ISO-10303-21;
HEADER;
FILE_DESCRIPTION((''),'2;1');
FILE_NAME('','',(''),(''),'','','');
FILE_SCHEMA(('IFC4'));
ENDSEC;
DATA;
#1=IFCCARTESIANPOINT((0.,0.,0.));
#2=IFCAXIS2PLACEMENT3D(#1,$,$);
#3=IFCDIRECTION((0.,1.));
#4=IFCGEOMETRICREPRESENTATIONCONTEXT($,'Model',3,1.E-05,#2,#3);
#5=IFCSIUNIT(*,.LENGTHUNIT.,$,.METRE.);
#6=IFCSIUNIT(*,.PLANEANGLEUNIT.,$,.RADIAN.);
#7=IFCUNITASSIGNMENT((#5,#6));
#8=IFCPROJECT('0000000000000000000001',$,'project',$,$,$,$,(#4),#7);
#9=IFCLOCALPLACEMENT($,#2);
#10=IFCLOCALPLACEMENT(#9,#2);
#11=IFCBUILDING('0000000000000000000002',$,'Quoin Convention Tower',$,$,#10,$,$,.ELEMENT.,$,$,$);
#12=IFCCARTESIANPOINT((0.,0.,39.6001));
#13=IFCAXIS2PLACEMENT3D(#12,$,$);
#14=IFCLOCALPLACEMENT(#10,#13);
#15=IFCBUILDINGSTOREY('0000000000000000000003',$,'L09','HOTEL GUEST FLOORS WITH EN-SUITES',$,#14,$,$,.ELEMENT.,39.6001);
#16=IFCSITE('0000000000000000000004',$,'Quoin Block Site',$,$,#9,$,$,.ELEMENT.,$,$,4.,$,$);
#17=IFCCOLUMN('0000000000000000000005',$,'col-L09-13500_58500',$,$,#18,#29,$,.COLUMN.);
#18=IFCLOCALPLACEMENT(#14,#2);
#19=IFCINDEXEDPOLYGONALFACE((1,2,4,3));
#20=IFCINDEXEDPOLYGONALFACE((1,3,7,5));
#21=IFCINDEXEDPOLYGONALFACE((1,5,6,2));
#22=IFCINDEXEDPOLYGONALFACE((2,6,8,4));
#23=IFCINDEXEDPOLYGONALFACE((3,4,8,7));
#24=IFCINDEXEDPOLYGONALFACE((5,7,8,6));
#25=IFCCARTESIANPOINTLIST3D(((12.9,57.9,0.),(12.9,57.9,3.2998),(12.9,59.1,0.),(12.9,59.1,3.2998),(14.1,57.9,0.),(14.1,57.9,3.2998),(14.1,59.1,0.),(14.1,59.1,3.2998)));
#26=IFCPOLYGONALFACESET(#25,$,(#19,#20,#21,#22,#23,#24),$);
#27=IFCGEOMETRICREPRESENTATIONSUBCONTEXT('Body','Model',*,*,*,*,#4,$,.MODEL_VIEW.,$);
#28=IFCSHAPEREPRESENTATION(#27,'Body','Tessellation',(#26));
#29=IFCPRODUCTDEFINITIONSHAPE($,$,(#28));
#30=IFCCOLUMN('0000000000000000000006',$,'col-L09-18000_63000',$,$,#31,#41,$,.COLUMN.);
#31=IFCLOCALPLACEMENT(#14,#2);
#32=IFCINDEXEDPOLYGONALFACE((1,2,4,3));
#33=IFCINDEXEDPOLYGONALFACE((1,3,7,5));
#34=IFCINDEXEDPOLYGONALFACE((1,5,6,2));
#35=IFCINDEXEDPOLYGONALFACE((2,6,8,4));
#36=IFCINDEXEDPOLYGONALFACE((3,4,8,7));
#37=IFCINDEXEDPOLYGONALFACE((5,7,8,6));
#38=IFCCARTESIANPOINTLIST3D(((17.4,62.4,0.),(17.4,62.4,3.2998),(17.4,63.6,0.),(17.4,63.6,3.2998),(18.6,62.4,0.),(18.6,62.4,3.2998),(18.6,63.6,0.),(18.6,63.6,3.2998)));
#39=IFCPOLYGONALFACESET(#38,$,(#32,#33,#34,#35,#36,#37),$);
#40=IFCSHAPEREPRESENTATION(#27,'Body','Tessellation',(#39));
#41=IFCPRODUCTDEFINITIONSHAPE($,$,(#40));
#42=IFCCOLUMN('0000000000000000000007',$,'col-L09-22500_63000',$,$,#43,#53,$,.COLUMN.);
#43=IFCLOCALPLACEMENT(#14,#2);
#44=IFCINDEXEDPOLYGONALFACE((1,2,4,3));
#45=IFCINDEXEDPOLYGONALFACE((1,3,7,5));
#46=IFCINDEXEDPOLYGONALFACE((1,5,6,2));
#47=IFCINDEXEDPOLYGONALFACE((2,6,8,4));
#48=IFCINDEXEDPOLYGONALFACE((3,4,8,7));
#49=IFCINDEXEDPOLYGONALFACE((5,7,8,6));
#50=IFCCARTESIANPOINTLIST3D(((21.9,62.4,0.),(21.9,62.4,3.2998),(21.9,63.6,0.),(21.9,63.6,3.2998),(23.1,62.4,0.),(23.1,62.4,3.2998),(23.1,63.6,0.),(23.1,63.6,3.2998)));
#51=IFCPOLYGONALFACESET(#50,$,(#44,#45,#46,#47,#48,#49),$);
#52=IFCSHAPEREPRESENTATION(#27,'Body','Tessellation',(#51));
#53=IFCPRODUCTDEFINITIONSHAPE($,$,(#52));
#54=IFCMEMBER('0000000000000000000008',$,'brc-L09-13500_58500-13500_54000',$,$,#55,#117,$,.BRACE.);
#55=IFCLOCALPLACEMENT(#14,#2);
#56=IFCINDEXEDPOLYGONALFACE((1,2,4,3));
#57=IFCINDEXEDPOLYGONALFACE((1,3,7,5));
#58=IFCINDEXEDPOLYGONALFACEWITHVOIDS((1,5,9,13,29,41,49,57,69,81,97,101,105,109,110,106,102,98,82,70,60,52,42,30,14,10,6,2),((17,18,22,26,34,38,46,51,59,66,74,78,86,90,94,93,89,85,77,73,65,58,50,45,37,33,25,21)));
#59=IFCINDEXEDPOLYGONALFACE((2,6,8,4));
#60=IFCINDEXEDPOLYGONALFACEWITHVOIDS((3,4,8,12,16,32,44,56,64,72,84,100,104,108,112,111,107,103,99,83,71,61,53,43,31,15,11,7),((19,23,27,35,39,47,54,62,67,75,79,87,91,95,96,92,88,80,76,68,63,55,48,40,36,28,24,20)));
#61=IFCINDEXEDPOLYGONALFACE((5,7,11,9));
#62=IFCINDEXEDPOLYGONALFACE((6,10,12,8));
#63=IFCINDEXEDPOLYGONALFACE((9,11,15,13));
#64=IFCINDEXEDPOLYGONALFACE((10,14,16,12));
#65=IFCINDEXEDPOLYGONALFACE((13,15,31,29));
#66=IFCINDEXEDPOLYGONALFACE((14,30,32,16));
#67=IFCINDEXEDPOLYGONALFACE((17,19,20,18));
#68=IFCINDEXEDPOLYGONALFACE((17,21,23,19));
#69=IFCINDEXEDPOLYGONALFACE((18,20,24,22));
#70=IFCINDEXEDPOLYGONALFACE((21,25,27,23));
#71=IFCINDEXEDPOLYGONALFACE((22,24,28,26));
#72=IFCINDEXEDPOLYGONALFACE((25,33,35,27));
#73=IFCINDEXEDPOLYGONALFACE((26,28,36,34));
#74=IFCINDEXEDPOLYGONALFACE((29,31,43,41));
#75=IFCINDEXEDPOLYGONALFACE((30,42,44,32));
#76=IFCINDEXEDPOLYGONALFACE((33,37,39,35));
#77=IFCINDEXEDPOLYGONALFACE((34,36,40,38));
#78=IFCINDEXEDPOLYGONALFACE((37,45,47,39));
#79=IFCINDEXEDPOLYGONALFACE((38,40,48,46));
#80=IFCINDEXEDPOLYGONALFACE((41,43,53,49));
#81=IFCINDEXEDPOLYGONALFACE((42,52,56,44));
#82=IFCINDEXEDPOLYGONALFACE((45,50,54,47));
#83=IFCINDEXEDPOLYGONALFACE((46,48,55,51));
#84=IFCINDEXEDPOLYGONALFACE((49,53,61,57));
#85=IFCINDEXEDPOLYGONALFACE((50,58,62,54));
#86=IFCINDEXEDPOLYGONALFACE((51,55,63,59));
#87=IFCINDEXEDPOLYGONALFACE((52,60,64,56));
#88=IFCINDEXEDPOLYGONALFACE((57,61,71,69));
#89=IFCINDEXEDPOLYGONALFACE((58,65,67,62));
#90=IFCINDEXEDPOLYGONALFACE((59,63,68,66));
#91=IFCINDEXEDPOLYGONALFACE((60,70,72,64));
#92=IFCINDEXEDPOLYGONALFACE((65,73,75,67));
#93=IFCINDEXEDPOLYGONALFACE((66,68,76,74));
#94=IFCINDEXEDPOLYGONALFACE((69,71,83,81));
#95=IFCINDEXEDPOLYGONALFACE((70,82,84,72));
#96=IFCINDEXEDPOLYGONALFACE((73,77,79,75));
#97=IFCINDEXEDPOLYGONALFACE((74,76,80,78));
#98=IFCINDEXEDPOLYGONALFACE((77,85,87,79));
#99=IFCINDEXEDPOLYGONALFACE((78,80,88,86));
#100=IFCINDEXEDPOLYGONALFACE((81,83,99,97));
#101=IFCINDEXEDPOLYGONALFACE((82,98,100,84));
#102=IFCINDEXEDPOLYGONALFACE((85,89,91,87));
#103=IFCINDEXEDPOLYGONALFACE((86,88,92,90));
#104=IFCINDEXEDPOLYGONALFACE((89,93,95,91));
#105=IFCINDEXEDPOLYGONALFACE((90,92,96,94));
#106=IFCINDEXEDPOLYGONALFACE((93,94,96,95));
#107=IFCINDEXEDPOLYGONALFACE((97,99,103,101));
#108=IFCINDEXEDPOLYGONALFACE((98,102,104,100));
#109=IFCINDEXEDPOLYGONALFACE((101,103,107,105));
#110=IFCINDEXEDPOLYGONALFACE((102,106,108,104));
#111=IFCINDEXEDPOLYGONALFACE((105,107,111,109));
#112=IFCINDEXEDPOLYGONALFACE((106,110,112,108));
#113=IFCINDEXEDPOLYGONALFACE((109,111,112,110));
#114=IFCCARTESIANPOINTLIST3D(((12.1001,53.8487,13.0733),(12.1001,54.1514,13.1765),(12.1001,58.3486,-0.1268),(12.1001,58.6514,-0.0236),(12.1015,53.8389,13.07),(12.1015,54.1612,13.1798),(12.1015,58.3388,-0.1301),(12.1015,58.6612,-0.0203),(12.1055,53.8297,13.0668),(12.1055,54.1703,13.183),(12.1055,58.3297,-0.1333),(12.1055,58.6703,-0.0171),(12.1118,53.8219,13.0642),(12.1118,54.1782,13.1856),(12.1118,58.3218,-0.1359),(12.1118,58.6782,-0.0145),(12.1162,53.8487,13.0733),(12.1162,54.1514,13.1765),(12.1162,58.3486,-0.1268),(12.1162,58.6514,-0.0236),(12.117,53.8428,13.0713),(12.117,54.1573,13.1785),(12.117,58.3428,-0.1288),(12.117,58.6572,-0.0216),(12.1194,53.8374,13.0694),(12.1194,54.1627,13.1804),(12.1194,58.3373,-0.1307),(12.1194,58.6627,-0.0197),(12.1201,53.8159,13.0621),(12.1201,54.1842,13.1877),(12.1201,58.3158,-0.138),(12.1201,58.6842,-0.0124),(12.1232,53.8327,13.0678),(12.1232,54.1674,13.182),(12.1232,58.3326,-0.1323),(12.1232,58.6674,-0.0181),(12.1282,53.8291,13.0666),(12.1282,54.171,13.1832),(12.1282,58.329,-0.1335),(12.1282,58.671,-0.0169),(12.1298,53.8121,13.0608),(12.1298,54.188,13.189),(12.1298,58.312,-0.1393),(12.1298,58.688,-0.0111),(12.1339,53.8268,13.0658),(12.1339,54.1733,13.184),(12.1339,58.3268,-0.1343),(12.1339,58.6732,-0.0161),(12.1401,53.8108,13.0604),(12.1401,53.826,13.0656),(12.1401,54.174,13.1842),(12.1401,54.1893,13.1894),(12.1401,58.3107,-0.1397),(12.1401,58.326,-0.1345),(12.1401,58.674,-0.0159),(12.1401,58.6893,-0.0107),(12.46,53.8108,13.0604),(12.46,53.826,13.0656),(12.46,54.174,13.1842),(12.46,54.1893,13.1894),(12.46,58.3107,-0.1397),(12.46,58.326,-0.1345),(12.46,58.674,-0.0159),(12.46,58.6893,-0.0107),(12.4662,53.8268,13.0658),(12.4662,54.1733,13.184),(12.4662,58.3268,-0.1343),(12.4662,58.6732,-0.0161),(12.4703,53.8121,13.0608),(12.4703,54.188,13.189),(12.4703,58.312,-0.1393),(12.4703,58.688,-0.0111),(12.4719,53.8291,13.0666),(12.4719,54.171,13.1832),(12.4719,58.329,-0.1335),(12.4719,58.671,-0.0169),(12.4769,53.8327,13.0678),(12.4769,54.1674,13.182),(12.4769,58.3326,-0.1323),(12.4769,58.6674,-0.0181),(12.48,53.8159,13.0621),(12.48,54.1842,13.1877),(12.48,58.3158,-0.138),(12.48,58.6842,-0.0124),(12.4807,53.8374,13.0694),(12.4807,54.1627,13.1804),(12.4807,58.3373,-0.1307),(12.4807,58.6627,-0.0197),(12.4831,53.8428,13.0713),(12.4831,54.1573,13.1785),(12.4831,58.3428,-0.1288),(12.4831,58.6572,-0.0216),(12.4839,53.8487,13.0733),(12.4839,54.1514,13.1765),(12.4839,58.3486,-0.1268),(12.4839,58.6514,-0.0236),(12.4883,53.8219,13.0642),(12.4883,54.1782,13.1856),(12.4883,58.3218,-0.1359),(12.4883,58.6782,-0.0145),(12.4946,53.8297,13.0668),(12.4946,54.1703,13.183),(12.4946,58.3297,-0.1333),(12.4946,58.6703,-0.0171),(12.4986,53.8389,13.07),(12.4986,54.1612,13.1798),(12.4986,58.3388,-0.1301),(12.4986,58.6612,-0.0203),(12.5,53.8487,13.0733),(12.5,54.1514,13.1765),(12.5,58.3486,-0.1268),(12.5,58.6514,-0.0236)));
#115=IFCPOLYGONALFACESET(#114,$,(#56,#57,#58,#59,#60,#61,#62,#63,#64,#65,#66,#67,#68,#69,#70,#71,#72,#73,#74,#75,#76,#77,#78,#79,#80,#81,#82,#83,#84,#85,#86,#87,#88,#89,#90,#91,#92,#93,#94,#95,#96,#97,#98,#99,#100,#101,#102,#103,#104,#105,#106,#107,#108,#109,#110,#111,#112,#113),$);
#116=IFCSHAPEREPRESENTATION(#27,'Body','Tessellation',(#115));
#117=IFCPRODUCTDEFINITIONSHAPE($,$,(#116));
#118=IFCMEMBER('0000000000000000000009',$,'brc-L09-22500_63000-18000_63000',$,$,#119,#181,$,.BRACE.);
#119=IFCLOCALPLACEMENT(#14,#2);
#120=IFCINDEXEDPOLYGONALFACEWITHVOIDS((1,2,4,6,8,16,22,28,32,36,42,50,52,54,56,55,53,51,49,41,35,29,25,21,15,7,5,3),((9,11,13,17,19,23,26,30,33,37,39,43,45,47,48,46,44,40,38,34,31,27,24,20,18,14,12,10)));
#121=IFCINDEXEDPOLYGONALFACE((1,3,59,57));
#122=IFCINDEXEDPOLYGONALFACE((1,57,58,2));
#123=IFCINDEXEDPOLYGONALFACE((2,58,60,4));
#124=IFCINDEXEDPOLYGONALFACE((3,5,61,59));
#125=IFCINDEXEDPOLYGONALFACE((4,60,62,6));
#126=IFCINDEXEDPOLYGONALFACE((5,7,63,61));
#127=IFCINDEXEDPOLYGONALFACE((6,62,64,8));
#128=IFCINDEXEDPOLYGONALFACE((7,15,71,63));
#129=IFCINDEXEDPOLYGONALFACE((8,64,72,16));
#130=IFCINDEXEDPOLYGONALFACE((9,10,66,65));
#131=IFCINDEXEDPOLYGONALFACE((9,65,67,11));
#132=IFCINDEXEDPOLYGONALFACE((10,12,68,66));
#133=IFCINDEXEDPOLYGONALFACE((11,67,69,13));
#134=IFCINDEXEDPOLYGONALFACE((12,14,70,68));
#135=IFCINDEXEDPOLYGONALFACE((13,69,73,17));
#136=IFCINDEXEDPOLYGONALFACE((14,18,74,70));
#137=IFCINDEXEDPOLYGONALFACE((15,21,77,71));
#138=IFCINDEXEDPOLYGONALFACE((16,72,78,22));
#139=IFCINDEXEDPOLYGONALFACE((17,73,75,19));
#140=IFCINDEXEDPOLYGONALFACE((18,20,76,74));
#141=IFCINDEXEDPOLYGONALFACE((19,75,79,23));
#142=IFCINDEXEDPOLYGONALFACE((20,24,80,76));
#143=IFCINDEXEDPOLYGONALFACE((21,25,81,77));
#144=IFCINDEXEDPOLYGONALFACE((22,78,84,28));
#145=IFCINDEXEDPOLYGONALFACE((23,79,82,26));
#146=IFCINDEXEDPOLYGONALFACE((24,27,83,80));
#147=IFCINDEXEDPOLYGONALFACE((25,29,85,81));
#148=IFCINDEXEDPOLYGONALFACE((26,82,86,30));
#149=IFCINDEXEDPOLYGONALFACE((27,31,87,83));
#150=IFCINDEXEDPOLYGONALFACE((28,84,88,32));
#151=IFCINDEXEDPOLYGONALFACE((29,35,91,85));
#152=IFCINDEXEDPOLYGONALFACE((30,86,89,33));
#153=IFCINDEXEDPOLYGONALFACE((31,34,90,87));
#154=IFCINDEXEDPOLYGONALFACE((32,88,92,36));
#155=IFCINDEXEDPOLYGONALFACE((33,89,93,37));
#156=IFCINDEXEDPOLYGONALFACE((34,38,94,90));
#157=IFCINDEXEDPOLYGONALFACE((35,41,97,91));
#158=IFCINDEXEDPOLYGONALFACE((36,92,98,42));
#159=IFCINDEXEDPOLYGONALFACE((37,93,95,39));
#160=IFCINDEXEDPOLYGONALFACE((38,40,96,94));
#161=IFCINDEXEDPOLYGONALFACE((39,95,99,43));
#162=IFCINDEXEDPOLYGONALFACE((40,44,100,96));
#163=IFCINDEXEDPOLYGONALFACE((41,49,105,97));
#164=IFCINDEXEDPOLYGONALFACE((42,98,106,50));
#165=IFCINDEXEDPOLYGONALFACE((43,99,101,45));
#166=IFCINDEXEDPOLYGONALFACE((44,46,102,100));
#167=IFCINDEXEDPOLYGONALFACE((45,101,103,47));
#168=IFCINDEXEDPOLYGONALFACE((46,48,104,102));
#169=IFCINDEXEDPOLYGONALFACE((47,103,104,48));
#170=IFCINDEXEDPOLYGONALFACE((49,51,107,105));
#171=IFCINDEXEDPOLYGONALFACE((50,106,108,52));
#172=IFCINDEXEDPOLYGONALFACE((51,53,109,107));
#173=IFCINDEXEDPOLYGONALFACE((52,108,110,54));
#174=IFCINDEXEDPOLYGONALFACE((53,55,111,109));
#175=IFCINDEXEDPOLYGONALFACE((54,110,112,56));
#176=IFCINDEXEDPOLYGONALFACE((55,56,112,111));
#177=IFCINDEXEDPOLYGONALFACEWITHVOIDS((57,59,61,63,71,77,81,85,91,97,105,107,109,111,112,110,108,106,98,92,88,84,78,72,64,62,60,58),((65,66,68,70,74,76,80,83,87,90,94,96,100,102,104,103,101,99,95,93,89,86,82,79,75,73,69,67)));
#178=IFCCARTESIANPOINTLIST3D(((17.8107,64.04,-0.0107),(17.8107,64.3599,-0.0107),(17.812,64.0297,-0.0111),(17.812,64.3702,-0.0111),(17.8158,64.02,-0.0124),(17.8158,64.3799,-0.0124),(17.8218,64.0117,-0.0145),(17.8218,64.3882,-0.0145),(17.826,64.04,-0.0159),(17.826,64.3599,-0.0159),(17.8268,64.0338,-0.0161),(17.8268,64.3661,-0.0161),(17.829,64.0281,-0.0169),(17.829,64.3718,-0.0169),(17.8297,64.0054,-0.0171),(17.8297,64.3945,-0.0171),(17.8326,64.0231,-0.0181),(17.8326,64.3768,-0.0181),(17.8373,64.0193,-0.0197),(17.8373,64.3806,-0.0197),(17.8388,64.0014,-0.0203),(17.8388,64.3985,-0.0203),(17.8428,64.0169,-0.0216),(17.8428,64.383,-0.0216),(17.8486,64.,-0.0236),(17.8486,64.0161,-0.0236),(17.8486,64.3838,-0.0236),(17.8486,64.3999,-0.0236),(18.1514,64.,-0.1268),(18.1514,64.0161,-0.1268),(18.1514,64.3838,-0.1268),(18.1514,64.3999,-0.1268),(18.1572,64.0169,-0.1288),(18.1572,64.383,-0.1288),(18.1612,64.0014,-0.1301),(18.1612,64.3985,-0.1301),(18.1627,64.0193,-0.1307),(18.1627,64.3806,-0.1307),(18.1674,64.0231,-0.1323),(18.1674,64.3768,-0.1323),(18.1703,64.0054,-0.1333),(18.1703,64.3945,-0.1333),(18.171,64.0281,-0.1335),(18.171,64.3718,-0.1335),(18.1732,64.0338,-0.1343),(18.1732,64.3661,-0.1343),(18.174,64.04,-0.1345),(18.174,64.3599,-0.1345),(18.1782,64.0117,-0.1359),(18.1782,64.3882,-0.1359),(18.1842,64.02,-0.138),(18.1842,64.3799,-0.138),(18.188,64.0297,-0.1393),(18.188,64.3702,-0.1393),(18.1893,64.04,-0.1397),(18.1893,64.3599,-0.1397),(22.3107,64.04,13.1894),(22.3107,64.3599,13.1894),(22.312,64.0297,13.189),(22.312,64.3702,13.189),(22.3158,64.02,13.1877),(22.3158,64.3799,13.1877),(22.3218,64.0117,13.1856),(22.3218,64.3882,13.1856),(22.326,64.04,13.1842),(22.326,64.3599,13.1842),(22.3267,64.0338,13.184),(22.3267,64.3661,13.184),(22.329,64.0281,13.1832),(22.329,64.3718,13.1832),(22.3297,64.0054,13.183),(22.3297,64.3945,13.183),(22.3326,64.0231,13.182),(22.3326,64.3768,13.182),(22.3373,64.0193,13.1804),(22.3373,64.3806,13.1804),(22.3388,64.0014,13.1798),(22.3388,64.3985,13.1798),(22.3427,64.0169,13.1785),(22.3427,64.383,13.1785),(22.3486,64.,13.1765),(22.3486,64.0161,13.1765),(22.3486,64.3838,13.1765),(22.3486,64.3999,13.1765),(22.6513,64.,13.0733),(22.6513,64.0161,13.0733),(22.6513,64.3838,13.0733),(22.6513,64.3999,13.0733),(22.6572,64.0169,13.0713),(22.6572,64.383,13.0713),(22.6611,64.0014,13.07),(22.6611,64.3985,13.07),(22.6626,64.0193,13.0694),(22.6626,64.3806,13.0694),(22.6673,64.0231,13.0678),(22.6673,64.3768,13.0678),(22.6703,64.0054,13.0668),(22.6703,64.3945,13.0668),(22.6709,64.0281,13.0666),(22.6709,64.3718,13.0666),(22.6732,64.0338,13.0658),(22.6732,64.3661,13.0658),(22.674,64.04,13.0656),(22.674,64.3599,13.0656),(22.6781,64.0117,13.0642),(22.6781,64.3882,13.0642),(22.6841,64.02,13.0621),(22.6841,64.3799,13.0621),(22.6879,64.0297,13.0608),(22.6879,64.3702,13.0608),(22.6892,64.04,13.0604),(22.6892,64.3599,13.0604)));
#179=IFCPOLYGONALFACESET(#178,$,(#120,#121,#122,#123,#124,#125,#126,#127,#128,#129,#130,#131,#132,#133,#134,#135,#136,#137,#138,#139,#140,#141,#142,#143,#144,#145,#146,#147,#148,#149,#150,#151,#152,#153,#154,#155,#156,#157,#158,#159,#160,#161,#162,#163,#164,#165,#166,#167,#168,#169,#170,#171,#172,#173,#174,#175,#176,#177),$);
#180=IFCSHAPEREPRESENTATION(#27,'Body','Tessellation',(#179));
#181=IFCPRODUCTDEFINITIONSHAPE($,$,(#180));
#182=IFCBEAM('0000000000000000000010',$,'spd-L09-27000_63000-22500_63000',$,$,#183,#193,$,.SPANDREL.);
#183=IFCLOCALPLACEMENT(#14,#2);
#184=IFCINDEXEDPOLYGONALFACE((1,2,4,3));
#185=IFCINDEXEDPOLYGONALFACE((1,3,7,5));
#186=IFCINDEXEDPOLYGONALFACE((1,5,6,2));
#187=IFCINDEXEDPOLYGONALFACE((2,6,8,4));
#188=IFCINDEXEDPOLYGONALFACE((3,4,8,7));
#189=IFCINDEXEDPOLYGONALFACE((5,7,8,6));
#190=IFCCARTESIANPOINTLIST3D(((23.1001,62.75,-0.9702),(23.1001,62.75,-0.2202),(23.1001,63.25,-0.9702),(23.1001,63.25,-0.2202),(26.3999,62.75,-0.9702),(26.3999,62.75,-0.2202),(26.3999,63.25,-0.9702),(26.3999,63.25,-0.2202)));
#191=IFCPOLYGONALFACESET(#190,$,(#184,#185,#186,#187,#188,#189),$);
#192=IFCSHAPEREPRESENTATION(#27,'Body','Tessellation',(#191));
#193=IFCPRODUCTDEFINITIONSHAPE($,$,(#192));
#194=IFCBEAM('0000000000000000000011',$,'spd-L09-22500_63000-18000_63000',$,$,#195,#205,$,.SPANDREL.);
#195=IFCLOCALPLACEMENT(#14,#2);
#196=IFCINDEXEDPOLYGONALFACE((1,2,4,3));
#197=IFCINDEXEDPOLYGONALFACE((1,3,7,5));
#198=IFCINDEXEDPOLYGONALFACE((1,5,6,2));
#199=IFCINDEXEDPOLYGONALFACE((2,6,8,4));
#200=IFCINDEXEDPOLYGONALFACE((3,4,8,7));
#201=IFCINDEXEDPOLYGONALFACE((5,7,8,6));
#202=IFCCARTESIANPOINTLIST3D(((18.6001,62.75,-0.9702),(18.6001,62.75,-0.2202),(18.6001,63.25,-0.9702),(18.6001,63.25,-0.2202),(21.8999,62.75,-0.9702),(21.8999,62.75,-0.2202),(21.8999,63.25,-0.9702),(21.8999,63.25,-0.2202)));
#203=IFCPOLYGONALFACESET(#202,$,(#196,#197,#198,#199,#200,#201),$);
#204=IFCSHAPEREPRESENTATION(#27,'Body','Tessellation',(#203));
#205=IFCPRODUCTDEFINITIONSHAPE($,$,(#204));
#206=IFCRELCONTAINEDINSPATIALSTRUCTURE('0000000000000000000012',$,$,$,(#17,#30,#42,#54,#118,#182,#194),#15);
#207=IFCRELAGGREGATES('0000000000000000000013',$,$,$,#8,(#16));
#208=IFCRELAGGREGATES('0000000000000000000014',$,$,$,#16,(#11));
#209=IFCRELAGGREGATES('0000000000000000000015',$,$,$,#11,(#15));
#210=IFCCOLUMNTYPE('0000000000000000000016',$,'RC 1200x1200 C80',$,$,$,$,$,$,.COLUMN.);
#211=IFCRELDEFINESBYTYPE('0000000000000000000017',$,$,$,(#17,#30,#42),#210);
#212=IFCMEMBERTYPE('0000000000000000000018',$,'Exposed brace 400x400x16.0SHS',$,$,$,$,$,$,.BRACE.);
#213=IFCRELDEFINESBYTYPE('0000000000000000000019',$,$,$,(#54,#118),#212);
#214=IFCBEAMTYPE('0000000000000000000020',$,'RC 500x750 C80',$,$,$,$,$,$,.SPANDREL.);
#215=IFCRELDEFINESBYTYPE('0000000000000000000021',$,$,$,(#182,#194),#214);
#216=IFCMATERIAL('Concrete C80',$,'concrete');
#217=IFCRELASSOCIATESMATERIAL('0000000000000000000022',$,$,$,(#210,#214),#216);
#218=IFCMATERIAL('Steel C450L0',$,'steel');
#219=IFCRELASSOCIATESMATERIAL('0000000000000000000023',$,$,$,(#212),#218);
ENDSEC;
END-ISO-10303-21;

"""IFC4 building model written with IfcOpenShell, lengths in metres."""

from ifc_helpers import new_model, si_unit, direction, frame, origin, origin_2d, place, context, subcontext, project, spatial, rectangle, hollow_rectangle, extrude, material, material_profile, profile_set, type_object, element, save


model = new_model("IFC4")

# Units and contexts
model_context = context("Model", 3, precision=1e-05, world=origin(), true_north=direction((0.0, 1.0)))
body_context = subcontext(model_context, "Body", "Model", "MODEL_VIEW")
ifc_project = project(units=[si_unit("LENGTHUNIT", "METRE"), si_unit("PLANEANGLEUNIT", "RADIAN")], contexts=[model_context])

# Site, building, storey
site_placement = place(None, origin())
site = spatial("IfcSite", under=ifc_project, at=site_placement, Name="Quoin Block Site", CompositionType="ELEMENT", RefElevation=4.0)
building_placement = place(site_placement, origin())
building = spatial("IfcBuilding", under=site, at=building_placement, Name="Quoin Convention Tower", CompositionType="ELEMENT")
storey_placement = place(building_placement, frame((0.0, 0.0, 39.6001)))
storey = spatial("IfcBuildingStorey", under=building, at=storey_placement, Name="L09", Description="HOTEL GUEST FLOORS WITH EN-SUITES", CompositionType="ELEMENT", Elevation=39.6001)

# Columns
ifc_material_1 = material(Name="Concrete C80", Category="concrete")
ifc_material_profile_1 = material_profile(ifc_material_1, rectangle(XDim=1.2, YDim=1.2, at=origin_2d()), Name="RC 1200x1200")
ifc_profile_set_1 = profile_set([ifc_material_profile_1], Name="Concrete C80")
column_type = type_object("IfcColumnType", Name="RC 1200x1200 C80", PredefinedType="COLUMN", material=ifc_profile_set_1)
for number, where, z_axis, x_axis, name in (
    (1, (13.5, 58.5, 0.0), (0.0, 0.0, 1.0), (1.0, 0.0, 0.0), "col-L09-13500_58500"),
    (2, (18.0, 63.0, 0.0), (0.0, 0.0, 1.0), (1.0, 0.0, 0.0), "col-L09-18000_63000"),
    (3, (22.5, 63.0, 0.0), (0.0, 0.0, 1.0), (1.0, 0.0, 0.0), "col-L09-22500_63000"),
):
    element("IfcColumn", number, at=place(storey_placement, frame(where, z_axis=z_axis, x_axis=x_axis)), inside=storey, type_object=column_type, Name=name, PredefinedType="COLUMN", context=body_context, shape_type="SweptSolid", body=[
        extrude(rectangle(XDim=1.2, YDim=1.2, at=origin_2d()), origin(), (0.0, 0.0, 1.0), 3.2998),
    ])

# Members
ifc_material_2 = material(Name="Steel C450L0", Category="steel")
ifc_material_profile_2 = material_profile(ifc_material_2, hollow_rectangle(XDim=0.3999, YDim=0.3999, WallThickness=0.0161, InnerFilletRadius=0.0239, OuterFilletRadius=0.04, at=origin_2d()), Name="400x400x16.0SHS")
ifc_profile_set_2 = profile_set([ifc_material_profile_2], Name="Steel C450L0")
member_type = type_object("IfcMemberType", Name="Exposed brace 400x400x16.0SHS", PredefinedType="BRACE", material=ifc_profile_set_2)
for number, where, z_axis, x_axis, name in (
    (4, (12.3, 58.5, -0.0752), (0.0, -0.32267, 0.946512), (1.0, 0.0, 0.0), "brc-L09-13500_58500-13500_54000"),
    (5, (18.0, 64.2, -0.0752), (0.32267, 0.0, 0.946512), (0.0, 1.0, 0.0), "brc-L09-22500_63000-18000_63000"),
):
    element("IfcMember", number, at=place(storey_placement, frame(where, z_axis=z_axis, x_axis=x_axis)), inside=storey, type_object=member_type, Name=name, PredefinedType="BRACE", context=body_context, shape_type="SweptSolid", body=[
        extrude(hollow_rectangle(XDim=0.3999, YDim=0.3999, WallThickness=0.0161, InnerFilletRadius=0.0239, OuterFilletRadius=0.04, at=origin_2d()), origin(), (0.0, 0.0, 1.0), 13.946),
    ])

# Beams
ifc_material_profile_3 = material_profile(ifc_material_1, rectangle(XDim=0.5, YDim=0.75, at=origin_2d()), Name="RC 500x750")
ifc_profile_set_3 = profile_set([ifc_material_profile_3], Name="Concrete C80")
beam_type = type_object("IfcBeamType", Name="RC 500x750 C80", PredefinedType="SPANDREL", material=ifc_profile_set_3)
for number, where, z_axis, x_axis, name in (
    (6, (26.3999, 63.0, -0.5952), (-1.0, 0.0, 0.0), (0.0, -1.0, 0.0), "spd-L09-27000_63000-22500_63000"),
    (7, (21.8999, 63.0, -0.5952), (-1.0, 0.0, 0.0), (0.0, -1.0, 0.0), "spd-L09-22500_63000-18000_63000"),
):
    element("IfcBeam", number, at=place(storey_placement, frame(where, z_axis=z_axis, x_axis=x_axis)), inside=storey, type_object=beam_type, Name=name, PredefinedType="SPANDREL", context=body_context, shape_type="SweptSolid", body=[
        extrude(rectangle(XDim=0.5, YDim=0.75, at=origin_2d()), origin(), (0.0, 0.0, 1.0), 3.2998),
    ])

save(model, "model.ifc")
